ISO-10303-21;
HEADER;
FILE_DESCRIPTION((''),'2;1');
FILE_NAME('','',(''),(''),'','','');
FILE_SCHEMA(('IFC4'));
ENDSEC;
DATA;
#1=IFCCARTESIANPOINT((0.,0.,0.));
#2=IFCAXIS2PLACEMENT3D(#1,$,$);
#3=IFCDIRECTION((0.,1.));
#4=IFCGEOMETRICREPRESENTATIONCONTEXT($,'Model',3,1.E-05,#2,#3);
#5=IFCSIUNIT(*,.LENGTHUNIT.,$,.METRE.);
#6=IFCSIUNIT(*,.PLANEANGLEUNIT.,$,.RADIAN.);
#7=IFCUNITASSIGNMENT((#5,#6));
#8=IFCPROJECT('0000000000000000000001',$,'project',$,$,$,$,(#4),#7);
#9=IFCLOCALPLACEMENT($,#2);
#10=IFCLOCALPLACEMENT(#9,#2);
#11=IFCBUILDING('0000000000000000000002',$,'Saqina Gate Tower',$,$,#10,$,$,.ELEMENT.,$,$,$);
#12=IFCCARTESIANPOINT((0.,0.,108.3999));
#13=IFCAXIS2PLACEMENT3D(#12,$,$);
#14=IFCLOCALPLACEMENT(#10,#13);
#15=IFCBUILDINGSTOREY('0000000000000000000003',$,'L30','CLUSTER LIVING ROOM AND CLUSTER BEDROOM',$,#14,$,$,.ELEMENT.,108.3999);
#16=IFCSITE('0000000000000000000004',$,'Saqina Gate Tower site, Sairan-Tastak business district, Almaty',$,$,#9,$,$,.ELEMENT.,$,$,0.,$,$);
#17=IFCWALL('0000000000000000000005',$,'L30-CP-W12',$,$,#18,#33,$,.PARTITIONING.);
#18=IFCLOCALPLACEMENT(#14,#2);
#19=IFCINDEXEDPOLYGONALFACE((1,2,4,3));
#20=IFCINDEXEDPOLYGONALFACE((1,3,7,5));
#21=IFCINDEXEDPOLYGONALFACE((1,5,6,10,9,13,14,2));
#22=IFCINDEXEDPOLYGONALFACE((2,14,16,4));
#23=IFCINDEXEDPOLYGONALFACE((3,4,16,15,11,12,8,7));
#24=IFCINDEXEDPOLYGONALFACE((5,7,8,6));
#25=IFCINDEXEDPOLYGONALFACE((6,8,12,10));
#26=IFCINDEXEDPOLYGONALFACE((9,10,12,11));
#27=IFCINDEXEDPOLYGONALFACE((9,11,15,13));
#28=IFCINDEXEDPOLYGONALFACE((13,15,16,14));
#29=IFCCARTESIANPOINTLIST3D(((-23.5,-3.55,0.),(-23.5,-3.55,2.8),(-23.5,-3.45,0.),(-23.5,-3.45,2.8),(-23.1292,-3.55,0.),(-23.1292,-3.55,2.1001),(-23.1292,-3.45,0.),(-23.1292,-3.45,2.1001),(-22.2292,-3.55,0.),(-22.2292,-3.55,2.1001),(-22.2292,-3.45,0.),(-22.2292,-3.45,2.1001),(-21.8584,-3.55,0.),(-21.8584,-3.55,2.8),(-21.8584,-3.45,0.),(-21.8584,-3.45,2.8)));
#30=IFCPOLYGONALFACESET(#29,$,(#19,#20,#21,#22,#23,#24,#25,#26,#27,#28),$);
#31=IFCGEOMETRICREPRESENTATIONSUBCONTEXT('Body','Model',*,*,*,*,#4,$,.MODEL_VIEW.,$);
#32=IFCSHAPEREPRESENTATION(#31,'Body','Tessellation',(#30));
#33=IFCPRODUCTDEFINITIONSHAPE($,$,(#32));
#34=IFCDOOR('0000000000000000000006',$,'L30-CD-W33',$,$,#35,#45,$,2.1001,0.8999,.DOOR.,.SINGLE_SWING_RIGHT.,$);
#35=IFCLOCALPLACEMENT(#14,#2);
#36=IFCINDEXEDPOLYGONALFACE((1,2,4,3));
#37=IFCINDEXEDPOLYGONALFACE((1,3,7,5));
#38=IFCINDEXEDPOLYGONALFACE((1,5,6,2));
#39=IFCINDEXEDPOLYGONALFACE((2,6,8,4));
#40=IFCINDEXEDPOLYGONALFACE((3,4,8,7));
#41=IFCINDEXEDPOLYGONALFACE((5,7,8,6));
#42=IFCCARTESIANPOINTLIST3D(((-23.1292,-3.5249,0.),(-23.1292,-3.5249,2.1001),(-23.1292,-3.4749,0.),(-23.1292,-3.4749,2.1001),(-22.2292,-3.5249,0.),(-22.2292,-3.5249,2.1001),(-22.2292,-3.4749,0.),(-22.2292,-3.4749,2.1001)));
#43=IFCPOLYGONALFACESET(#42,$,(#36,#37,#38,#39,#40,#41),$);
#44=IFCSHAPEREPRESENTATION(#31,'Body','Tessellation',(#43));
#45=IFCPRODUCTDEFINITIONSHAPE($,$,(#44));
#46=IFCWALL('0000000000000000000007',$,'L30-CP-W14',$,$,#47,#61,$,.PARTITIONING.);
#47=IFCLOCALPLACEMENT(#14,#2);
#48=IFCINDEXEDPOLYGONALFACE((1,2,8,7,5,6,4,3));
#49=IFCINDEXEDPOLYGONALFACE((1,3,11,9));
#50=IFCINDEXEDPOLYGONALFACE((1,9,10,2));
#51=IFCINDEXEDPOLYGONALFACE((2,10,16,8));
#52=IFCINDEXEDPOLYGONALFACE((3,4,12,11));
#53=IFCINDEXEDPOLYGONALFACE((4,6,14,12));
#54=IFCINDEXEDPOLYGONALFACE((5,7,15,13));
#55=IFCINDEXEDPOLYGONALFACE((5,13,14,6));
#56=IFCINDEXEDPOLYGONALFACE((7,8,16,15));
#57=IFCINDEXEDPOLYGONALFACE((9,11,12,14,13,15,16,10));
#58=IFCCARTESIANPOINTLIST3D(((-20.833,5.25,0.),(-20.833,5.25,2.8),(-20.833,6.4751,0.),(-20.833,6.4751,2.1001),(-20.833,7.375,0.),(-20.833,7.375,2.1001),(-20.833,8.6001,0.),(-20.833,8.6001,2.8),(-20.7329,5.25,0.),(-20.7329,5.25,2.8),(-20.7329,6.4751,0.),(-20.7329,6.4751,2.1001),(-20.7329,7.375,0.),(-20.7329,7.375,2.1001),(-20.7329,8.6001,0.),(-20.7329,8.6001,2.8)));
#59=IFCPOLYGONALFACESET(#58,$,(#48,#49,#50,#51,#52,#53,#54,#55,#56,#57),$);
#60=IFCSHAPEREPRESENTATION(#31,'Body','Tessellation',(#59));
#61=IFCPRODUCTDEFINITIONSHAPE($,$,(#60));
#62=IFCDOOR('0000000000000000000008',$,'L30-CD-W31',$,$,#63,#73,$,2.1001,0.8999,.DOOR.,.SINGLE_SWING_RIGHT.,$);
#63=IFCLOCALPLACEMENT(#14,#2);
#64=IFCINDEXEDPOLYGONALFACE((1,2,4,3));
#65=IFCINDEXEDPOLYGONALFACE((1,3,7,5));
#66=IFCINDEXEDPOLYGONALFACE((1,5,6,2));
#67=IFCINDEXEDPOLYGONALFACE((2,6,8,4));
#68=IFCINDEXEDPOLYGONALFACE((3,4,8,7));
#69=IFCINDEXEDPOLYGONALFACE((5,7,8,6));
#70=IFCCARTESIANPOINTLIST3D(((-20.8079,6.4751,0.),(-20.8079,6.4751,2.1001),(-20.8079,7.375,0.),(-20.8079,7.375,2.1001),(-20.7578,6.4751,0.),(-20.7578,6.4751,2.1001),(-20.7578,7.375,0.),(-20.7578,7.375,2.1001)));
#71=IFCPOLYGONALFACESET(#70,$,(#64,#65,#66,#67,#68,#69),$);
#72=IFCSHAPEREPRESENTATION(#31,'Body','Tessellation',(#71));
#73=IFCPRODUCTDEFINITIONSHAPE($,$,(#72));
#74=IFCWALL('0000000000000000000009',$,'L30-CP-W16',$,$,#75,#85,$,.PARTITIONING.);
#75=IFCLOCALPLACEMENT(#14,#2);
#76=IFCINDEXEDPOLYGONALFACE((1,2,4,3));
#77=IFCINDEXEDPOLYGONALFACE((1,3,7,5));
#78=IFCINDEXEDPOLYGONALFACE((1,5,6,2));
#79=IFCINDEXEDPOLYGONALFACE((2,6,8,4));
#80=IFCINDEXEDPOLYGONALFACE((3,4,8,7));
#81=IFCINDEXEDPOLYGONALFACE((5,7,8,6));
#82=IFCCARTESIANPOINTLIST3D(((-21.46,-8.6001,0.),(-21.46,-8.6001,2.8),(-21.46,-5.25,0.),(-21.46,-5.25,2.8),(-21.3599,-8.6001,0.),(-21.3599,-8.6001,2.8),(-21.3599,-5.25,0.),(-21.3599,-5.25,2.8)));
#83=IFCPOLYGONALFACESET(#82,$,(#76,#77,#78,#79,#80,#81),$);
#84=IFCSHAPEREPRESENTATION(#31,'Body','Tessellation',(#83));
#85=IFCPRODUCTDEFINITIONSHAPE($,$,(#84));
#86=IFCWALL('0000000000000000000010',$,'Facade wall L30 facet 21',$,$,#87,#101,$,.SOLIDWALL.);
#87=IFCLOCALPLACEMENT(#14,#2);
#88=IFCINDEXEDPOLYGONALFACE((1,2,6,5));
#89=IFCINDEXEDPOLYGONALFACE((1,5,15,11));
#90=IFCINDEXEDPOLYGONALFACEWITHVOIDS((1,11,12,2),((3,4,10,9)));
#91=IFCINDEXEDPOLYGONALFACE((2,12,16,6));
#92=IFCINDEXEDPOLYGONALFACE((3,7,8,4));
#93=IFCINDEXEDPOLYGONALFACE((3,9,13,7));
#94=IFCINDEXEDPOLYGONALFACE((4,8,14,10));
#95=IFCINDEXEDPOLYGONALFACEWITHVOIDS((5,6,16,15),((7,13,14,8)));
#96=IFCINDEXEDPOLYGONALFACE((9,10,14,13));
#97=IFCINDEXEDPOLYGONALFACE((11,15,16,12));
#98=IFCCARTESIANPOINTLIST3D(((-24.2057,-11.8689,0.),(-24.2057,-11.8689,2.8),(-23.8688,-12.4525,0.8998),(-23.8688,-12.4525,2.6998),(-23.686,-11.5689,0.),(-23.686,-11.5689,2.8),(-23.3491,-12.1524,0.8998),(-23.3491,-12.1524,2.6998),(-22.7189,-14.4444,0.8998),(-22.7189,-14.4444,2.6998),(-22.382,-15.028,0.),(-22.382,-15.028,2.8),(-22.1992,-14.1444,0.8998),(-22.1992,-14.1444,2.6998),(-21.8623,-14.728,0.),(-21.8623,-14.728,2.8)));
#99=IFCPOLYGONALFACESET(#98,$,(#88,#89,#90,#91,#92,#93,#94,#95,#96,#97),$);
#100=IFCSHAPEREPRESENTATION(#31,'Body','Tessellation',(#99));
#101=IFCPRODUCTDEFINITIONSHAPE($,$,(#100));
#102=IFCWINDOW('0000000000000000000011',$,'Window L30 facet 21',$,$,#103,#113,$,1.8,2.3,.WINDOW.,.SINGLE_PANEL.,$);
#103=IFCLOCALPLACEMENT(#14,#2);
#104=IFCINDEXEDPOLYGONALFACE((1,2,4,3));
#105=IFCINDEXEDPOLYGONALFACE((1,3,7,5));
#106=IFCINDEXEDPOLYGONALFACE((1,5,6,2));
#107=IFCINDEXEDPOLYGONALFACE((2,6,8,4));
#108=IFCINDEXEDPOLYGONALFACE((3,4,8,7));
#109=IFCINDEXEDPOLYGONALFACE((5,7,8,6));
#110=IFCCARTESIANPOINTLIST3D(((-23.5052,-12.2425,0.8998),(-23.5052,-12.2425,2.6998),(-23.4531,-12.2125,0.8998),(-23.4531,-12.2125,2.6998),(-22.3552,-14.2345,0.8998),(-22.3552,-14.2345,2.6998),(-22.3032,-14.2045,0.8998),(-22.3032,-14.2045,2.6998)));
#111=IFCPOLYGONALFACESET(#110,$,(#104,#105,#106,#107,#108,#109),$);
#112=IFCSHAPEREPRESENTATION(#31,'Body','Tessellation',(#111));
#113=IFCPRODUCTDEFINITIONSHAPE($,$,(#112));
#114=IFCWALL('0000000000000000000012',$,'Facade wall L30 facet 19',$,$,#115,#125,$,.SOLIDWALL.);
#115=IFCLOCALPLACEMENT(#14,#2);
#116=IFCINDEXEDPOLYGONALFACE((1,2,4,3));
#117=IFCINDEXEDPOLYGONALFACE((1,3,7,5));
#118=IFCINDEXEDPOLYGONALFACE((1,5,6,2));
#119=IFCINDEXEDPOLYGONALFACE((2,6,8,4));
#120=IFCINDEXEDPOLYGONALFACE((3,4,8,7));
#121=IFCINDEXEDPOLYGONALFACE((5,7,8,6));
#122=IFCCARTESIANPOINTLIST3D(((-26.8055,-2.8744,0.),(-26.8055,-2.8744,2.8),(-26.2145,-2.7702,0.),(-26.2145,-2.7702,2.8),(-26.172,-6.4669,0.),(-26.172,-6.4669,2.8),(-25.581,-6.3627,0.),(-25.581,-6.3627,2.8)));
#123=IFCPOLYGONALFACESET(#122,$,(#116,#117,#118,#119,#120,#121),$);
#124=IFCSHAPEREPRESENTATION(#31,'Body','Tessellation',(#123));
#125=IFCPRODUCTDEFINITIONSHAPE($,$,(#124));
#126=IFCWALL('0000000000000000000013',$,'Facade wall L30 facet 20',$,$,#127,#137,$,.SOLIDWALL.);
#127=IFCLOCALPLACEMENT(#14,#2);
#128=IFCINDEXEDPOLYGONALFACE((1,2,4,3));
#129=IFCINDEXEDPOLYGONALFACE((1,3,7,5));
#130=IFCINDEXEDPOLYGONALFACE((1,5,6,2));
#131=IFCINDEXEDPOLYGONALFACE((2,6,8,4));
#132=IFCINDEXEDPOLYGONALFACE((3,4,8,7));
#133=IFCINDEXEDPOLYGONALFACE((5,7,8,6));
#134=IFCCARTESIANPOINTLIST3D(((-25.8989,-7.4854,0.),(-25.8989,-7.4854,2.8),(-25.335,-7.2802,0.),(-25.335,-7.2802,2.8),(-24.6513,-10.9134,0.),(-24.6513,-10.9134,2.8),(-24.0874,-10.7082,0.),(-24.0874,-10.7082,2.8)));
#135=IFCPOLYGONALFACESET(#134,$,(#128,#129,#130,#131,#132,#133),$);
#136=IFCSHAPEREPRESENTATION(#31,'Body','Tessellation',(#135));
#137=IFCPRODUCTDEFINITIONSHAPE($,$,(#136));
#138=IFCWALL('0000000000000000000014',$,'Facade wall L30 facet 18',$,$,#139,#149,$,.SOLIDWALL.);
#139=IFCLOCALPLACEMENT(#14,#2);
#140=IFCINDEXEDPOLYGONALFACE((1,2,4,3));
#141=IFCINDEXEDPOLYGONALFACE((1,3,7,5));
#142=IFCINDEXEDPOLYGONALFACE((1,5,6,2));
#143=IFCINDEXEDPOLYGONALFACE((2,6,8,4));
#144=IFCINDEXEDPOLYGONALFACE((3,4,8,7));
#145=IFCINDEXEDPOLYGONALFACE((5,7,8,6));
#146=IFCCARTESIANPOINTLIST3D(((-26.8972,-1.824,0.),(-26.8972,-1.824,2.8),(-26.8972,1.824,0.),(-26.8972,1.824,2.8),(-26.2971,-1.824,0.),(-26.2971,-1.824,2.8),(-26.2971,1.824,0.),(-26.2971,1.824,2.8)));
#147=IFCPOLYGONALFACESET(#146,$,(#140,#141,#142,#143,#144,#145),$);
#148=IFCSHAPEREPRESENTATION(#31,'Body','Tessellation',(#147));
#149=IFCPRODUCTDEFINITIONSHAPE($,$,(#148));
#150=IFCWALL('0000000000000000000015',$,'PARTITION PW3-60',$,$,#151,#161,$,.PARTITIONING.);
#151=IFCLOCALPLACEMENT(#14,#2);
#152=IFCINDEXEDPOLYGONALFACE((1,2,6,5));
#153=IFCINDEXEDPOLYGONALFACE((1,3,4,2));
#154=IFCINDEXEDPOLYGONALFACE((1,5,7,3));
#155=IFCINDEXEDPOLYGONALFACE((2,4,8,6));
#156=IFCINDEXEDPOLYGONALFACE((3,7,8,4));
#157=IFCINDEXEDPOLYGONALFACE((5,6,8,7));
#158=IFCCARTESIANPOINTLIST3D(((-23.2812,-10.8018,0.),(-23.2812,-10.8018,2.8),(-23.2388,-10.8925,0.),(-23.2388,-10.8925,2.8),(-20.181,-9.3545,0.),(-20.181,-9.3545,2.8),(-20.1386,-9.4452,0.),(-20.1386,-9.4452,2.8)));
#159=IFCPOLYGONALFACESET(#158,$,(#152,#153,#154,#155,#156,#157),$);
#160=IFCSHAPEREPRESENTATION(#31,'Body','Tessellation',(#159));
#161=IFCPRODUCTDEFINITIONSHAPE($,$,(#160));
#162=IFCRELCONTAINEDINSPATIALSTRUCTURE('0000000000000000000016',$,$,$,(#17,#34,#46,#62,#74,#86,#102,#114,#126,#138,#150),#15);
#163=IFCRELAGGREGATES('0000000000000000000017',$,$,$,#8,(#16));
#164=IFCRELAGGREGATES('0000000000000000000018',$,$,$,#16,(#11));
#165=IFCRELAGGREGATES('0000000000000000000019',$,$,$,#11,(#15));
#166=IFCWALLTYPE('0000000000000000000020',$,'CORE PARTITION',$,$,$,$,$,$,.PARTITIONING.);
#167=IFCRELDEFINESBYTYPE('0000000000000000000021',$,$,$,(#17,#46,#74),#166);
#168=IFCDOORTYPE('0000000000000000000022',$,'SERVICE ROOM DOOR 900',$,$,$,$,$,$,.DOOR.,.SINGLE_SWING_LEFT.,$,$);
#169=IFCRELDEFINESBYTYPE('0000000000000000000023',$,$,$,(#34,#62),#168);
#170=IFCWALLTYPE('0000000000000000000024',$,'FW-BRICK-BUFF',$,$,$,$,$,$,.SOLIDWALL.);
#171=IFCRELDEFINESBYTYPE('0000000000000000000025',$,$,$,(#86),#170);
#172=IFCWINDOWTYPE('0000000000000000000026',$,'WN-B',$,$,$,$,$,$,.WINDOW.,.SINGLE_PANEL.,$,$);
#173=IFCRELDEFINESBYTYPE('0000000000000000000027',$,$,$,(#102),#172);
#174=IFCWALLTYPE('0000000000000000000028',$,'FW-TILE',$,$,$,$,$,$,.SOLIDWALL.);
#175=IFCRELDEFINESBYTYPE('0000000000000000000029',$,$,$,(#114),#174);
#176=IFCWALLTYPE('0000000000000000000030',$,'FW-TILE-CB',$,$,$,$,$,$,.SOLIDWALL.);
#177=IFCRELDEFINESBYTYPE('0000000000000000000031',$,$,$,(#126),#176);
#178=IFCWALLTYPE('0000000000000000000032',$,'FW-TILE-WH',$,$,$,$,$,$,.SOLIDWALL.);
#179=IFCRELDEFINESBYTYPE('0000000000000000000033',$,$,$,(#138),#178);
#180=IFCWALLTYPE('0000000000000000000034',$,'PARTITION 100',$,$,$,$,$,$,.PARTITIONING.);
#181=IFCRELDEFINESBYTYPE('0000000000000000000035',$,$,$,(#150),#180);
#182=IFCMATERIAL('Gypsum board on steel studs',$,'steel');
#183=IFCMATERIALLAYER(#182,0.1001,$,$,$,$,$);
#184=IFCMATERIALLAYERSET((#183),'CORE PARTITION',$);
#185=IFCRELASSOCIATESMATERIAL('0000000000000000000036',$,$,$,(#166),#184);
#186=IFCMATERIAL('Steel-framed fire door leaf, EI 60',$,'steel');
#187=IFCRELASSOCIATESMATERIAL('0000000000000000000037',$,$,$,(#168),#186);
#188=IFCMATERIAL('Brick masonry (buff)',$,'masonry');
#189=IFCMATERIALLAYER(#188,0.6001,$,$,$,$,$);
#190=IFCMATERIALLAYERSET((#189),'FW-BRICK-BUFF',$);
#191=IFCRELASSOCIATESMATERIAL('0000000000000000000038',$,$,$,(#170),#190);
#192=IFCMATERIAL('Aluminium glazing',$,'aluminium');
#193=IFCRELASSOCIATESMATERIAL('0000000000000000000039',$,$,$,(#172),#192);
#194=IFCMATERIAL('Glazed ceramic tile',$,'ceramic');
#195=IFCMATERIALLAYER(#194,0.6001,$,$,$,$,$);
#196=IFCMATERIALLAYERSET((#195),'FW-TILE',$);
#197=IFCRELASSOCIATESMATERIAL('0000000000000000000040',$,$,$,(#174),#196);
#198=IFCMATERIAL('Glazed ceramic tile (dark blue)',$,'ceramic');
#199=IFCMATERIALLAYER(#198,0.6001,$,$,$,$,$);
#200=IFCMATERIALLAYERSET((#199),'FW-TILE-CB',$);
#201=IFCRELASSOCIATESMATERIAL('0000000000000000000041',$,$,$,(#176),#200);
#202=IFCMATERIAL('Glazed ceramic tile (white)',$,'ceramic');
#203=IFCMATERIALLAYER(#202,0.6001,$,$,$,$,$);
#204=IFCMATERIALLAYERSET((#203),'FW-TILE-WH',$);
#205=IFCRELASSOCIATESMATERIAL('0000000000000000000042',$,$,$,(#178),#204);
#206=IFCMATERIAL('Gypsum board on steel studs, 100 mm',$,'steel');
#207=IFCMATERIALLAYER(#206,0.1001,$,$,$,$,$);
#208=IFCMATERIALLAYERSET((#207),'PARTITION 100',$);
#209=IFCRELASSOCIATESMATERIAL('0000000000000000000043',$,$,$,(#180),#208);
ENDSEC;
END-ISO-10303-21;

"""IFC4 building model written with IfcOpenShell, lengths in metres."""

from ifc_helpers import new_model, si_unit, direction, frame, frame_2d, origin, place, context, subcontext, project, spatial, rectangle, extrude, material, layer, layer_set, type_object, element, fill, save


model = new_model("IFC4")

# Units and contexts
model_context = context("Model", 3, precision=1e-05, world=origin(), true_north=direction((0.0, 1.0)))
body_context = subcontext(model_context, "Body", "Model", "MODEL_VIEW")
ifc_project = project(units=[si_unit("LENGTHUNIT", "METRE"), si_unit("PLANEANGLEUNIT", "RADIAN")], contexts=[model_context])

# Site, building, storey
site_placement = place(None, origin())
site = spatial("IfcSite", under=ifc_project, at=site_placement, Name="Saqina Gate Tower site, Sairan-Tastak business district, Almaty", CompositionType="ELEMENT", RefElevation=0.0)
building_placement = place(site_placement, origin())
building = spatial("IfcBuilding", under=site, at=building_placement, Name="Saqina Gate Tower", CompositionType="ELEMENT")
storey_placement = place(building_placement, frame((0.0, 0.0, 108.3999)))
storey = spatial("IfcBuildingStorey", under=building, at=storey_placement, Name="L30", Description="CLUSTER LIVING ROOM AND CLUSTER BEDROOM", CompositionType="ELEMENT", Elevation=108.3999)

# Shared definitions
ifc_material_1 = material(Name="Gypsum board on steel studs", Category="steel")
ifc_layer_1 = layer(ifc_material_1, 0.1001)
ifc_layer_set_1 = layer_set([ifc_layer_1], Name="CORE PARTITION")
wall_type_1 = type_object("IfcWallType", Name="CORE PARTITION", PredefinedType="PARTITIONING", material=ifc_layer_set_1)

# Walls, openings, doors
ifc_material_2 = material(Name="Steel-framed fire door leaf, EI 60", Category="steel")
door_type = type_object("IfcDoorType", Name="SERVICE ROOM DOOR 900", OperationType="SINGLE_SWING_LEFT", PredefinedType="DOOR", material=ifc_material_2)
wall_1_placement = place(storey_placement, frame((-21.8584, -3.5, 0.0), z_axis=(0.0, 0.0, 1.0), x_axis=(-1.0, 0.0, 0.0)))
wall_1 = element("IfcWall", 1, at=wall_1_placement, inside=storey, type_object=wall_type_1, Name="L30-CP-W12", PredefinedType="PARTITIONING", context=body_context, shape_type="SweptSolid", body=[
    extrude(rectangle(XDim=1.6416, YDim=0.1001, at=frame_2d((0.8208, 0.0))), origin(), (0.0, 0.0, 1.0), 2.8),
])
opening_1_placement = place(wall_1_placement, frame((0.3708, 0.0, 0.0)))
opening_1 = element("IfcOpeningElement", 2, at=opening_1_placement, cuts=wall_1, PredefinedType="OPENING", context=body_context, shape_type="SweptSolid", body=[
    extrude(rectangle(XDim=0.8999, YDim=2.1001, at=frame_2d((0.45, 1.05))), frame((0.0, 0.062, 0.0), z_axis=(0.0, -1.0, 0.0), x_axis=(1.0, 0.0, 0.0)), (0.0, 0.0, 1.0), 0.124),
])
door_1_placement = place(opening_1_placement, origin())
door_1 = element("IfcDoor", 3, at=door_1_placement, inside=storey, type_object=door_type, Name="L30-CD-W33", OperationType="SINGLE_SWING_RIGHT", OverallHeight=2.1001, OverallWidth=0.8999, PredefinedType="DOOR", context=body_context, shape_type="SweptSolid", body=[
    extrude(rectangle(XDim=0.8999, YDim=2.1001, at=frame_2d((0.45, 1.05))), frame((0.0, 0.0249, 0.0), z_axis=(0.0, -1.0, 0.0), x_axis=(1.0, 0.0, 0.0)), (0.0, 0.0, 1.0), 0.05),
])
fill(opening_1, door_1)
wall_2_placement = place(storey_placement, frame((-20.783, 5.25, 0.0), z_axis=(0.0, 0.0, 1.0), x_axis=(0.0, 1.0, 0.0)))
wall_2 = element("IfcWall", 4, at=wall_2_placement, inside=storey, type_object=wall_type_1, Name="L30-CP-W14", PredefinedType="PARTITIONING", context=body_context, shape_type="SweptSolid", body=[
    extrude(rectangle(XDim=3.3501, YDim=0.1001, at=frame_2d((1.675, 0.0))), origin(), (0.0, 0.0, 1.0), 2.8),
])
opening_2_placement = place(wall_2_placement, frame((1.2251, 0.0, 0.0)))
opening_2 = element("IfcOpeningElement", 5, at=opening_2_placement, cuts=wall_2, PredefinedType="OPENING", context=body_context, shape_type="SweptSolid", body=[
    extrude(rectangle(XDim=0.8999, YDim=2.1001, at=frame_2d((0.45, 1.05))), frame((0.0, 0.062, 0.0), z_axis=(0.0, -1.0, 0.0), x_axis=(1.0, 0.0, 0.0)), (0.0, 0.0, 1.0), 0.124),
])
door_2_placement = place(opening_2_placement, origin())
door_2 = element("IfcDoor", 6, at=door_2_placement, inside=storey, type_object=door_type, Name="L30-CD-W31", OperationType="SINGLE_SWING_RIGHT", OverallHeight=2.1001, OverallWidth=0.8999, PredefinedType="DOOR", context=body_context, shape_type="SweptSolid", body=[
    extrude(rectangle(XDim=0.8999, YDim=2.1001, at=frame_2d((0.45, 1.05))), frame((0.0, 0.0249, 0.0), z_axis=(0.0, -1.0, 0.0), x_axis=(1.0, 0.0, 0.0)), (0.0, 0.0, 1.0), 0.05),
])
fill(opening_2, door_2)

# Wall
wall_3_placement = place(storey_placement, frame((-21.4099, -8.6001, 0.0), z_axis=(0.0, 0.0, 1.0), x_axis=(0.0, 1.0, 0.0)))
element("IfcWall", 7, at=wall_3_placement, inside=storey, type_object=wall_type_1, Name="L30-CP-W16", PredefinedType="PARTITIONING", context=body_context, shape_type="SweptSolid", body=[
    extrude(rectangle(XDim=3.3501, YDim=0.1001, at=frame_2d((1.675, 0.0))), origin(), (0.0, 0.0, 1.0), 2.8),
])

# Wall, opening, window
ifc_material_3 = material(Name="Brick masonry (buff)", Category="masonry")
ifc_layer_2 = layer(ifc_material_3, 0.6001)
ifc_layer_set_2 = layer_set([ifc_layer_2], Name="FW-BRICK-BUFF")
wall_type_2 = type_object("IfcWallType", Name="FW-BRICK-BUFF", PredefinedType="SOLIDWALL", material=ifc_layer_set_2)
wall_4_placement = place(storey_placement, frame((-23.9458, -11.719, 0.0), z_axis=(0.0, 0.0, 1.0), x_axis=(0.499954, -0.866052, 0.0)))
wall_4 = element("IfcWall", 8, at=wall_4_placement, inside=storey, type_object=wall_type_2, Name="Facade wall L30 facet 21", PredefinedType="SOLIDWALL", context=body_context, shape_type="SweptSolid", body=[
    extrude(rectangle(XDim=3.6477, YDim=0.6001, at=frame_2d((1.8237, 0.0))), origin(), (0.0, 0.0, 1.0), 2.8),
])
opening_3_placement = place(wall_4_placement, frame((0.6738, 0.0, 0.8999)))
opening_3 = element("IfcOpeningElement", 9, at=opening_3_placement, cuts=wall_4, PredefinedType="OPENING", context=body_context, shape_type="SweptSolid", body=[
    extrude(rectangle(XDim=2.3, YDim=1.8, at=frame_2d((1.1499, 0.8999))), frame((0.0, 0.312, 0.0), z_axis=(0.0, -1.0, 0.0), x_axis=(1.0, 0.0, 0.0)), (0.0, 0.0, 1.0), 0.624),
])
ifc_material_4 = material(Name="Aluminium glazing", Category="aluminium")
window_type = type_object("IfcWindowType", Name="WN-B", PartitioningType="SINGLE_PANEL", PredefinedType="WINDOW", material=ifc_material_4)
window_placement = place(opening_3_placement, origin())
window = element("IfcWindow", 10, at=window_placement, inside=storey, type_object=window_type, Name="Window L30 facet 21", OverallHeight=1.8, OverallWidth=2.3, PartitioningType="SINGLE_PANEL", PredefinedType="WINDOW", context=body_context, shape_type="SweptSolid", body=[
    extrude(rectangle(XDim=2.3, YDim=1.8, at=frame_2d((1.1499, 0.8999))), frame((0.0, 0.1799, 0.0), z_axis=(0.0, -1.0, 0.0), x_axis=(1.0, 0.0, 0.0)), (0.0, 0.0, 1.0), 0.0601),
])
fill(opening_3, window)

# Walls
ifc_material_5 = material(Name="Glazed ceramic tile", Category="ceramic")
ifc_layer_3 = layer(ifc_material_5, 0.6001)
ifc_layer_set_3 = layer_set([ifc_layer_3], Name="FW-TILE")
wall_type_3 = type_object("IfcWallType", Name="FW-TILE", PredefinedType="SOLIDWALL", material=ifc_layer_set_3)
wall_5_placement = place(storey_placement, frame((-26.51, -2.8223, 0.0), z_axis=(0.0, 0.0, 1.0), x_axis=(0.173671, -0.984804, 0.0)))
element("IfcWall", 11, at=wall_5_placement, inside=storey, type_object=wall_type_3, Name="Facade wall L30 facet 19", PredefinedType="SOLIDWALL", context=body_context, shape_type="SweptSolid", body=[
    extrude(rectangle(XDim=3.6479, YDim=0.6001, at=frame_2d((1.824, 0.0))), origin(), (0.0, 0.0, 1.0), 2.8),
])
ifc_material_6 = material(Name="Glazed ceramic tile (dark blue)", Category="ceramic")
ifc_layer_4 = layer(ifc_material_6, 0.6001)
ifc_layer_set_4 = layer_set([ifc_layer_4], Name="FW-TILE-CB")
wall_type_4 = type_object("IfcWallType", Name="FW-TILE-CB", PredefinedType="SOLIDWALL", material=ifc_layer_set_4)
wall_6_placement = place(storey_placement, frame((-25.6169, -7.3828, 0.0), z_axis=(0.0, 0.0, 1.0), x_axis=(0.34199, -0.939704, 0.0)))
element("IfcWall", 12, at=wall_6_placement, inside=storey, type_object=wall_type_4, Name="Facade wall L30 facet 20", PredefinedType="SOLIDWALL", context=body_context, shape_type="SweptSolid", body=[
    extrude(rectangle(XDim=3.6479, YDim=0.6001, at=frame_2d((1.824, 0.0))), origin(), (0.0, 0.0, 1.0), 2.8),
])
ifc_material_7 = material(Name="Glazed ceramic tile (white)", Category="ceramic")
ifc_layer_5 = layer(ifc_material_7, 0.6001)
ifc_layer_set_5 = layer_set([ifc_layer_5], Name="FW-TILE-WH")
wall_type_5 = type_object("IfcWallType", Name="FW-TILE-WH", PredefinedType="SOLIDWALL", material=ifc_layer_set_5)
wall_7_placement = place(storey_placement, frame((-26.5972, 1.824, 0.0), z_axis=(0.0, 0.0, 1.0), x_axis=(0.0, -1.0, 0.0)))
element("IfcWall", 13, at=wall_7_placement, inside=storey, type_object=wall_type_5, Name="Facade wall L30 facet 18", PredefinedType="SOLIDWALL", context=body_context, shape_type="SweptSolid", body=[
    extrude(rectangle(XDim=3.6479, YDim=0.6001, at=frame_2d((1.824, 0.0))), origin(), (0.0, 0.0, 1.0), 2.8),
])
ifc_material_8 = material(Name="Gypsum board on steel studs, 100 mm", Category="steel")
ifc_layer_6 = layer(ifc_material_8, 0.1001)
ifc_layer_set_6 = layer_set([ifc_layer_6], Name="PARTITION 100")
wall_type_6 = type_object("IfcWallType", Name="PARTITION 100", PredefinedType="PARTITIONING", material=ifc_layer_set_6)
wall_8_placement = place(storey_placement, frame((-23.26, -10.8472, 0.0), z_axis=(0.0, 0.0, 1.0), x_axis=(0.906121, 0.423018, 0.0)))
element("IfcWall", 14, at=wall_8_placement, inside=storey, type_object=wall_type_6, Name="PARTITION PW3-60", PredefinedType="PARTITIONING", context=body_context, shape_type="SweptSolid", body=[
    extrude(rectangle(XDim=3.4214, YDim=0.1001, at=frame_2d((1.7107, 0.0))), origin(), (0.0, 0.0, 1.0), 2.8),
])

save(model, "model.ifc")
